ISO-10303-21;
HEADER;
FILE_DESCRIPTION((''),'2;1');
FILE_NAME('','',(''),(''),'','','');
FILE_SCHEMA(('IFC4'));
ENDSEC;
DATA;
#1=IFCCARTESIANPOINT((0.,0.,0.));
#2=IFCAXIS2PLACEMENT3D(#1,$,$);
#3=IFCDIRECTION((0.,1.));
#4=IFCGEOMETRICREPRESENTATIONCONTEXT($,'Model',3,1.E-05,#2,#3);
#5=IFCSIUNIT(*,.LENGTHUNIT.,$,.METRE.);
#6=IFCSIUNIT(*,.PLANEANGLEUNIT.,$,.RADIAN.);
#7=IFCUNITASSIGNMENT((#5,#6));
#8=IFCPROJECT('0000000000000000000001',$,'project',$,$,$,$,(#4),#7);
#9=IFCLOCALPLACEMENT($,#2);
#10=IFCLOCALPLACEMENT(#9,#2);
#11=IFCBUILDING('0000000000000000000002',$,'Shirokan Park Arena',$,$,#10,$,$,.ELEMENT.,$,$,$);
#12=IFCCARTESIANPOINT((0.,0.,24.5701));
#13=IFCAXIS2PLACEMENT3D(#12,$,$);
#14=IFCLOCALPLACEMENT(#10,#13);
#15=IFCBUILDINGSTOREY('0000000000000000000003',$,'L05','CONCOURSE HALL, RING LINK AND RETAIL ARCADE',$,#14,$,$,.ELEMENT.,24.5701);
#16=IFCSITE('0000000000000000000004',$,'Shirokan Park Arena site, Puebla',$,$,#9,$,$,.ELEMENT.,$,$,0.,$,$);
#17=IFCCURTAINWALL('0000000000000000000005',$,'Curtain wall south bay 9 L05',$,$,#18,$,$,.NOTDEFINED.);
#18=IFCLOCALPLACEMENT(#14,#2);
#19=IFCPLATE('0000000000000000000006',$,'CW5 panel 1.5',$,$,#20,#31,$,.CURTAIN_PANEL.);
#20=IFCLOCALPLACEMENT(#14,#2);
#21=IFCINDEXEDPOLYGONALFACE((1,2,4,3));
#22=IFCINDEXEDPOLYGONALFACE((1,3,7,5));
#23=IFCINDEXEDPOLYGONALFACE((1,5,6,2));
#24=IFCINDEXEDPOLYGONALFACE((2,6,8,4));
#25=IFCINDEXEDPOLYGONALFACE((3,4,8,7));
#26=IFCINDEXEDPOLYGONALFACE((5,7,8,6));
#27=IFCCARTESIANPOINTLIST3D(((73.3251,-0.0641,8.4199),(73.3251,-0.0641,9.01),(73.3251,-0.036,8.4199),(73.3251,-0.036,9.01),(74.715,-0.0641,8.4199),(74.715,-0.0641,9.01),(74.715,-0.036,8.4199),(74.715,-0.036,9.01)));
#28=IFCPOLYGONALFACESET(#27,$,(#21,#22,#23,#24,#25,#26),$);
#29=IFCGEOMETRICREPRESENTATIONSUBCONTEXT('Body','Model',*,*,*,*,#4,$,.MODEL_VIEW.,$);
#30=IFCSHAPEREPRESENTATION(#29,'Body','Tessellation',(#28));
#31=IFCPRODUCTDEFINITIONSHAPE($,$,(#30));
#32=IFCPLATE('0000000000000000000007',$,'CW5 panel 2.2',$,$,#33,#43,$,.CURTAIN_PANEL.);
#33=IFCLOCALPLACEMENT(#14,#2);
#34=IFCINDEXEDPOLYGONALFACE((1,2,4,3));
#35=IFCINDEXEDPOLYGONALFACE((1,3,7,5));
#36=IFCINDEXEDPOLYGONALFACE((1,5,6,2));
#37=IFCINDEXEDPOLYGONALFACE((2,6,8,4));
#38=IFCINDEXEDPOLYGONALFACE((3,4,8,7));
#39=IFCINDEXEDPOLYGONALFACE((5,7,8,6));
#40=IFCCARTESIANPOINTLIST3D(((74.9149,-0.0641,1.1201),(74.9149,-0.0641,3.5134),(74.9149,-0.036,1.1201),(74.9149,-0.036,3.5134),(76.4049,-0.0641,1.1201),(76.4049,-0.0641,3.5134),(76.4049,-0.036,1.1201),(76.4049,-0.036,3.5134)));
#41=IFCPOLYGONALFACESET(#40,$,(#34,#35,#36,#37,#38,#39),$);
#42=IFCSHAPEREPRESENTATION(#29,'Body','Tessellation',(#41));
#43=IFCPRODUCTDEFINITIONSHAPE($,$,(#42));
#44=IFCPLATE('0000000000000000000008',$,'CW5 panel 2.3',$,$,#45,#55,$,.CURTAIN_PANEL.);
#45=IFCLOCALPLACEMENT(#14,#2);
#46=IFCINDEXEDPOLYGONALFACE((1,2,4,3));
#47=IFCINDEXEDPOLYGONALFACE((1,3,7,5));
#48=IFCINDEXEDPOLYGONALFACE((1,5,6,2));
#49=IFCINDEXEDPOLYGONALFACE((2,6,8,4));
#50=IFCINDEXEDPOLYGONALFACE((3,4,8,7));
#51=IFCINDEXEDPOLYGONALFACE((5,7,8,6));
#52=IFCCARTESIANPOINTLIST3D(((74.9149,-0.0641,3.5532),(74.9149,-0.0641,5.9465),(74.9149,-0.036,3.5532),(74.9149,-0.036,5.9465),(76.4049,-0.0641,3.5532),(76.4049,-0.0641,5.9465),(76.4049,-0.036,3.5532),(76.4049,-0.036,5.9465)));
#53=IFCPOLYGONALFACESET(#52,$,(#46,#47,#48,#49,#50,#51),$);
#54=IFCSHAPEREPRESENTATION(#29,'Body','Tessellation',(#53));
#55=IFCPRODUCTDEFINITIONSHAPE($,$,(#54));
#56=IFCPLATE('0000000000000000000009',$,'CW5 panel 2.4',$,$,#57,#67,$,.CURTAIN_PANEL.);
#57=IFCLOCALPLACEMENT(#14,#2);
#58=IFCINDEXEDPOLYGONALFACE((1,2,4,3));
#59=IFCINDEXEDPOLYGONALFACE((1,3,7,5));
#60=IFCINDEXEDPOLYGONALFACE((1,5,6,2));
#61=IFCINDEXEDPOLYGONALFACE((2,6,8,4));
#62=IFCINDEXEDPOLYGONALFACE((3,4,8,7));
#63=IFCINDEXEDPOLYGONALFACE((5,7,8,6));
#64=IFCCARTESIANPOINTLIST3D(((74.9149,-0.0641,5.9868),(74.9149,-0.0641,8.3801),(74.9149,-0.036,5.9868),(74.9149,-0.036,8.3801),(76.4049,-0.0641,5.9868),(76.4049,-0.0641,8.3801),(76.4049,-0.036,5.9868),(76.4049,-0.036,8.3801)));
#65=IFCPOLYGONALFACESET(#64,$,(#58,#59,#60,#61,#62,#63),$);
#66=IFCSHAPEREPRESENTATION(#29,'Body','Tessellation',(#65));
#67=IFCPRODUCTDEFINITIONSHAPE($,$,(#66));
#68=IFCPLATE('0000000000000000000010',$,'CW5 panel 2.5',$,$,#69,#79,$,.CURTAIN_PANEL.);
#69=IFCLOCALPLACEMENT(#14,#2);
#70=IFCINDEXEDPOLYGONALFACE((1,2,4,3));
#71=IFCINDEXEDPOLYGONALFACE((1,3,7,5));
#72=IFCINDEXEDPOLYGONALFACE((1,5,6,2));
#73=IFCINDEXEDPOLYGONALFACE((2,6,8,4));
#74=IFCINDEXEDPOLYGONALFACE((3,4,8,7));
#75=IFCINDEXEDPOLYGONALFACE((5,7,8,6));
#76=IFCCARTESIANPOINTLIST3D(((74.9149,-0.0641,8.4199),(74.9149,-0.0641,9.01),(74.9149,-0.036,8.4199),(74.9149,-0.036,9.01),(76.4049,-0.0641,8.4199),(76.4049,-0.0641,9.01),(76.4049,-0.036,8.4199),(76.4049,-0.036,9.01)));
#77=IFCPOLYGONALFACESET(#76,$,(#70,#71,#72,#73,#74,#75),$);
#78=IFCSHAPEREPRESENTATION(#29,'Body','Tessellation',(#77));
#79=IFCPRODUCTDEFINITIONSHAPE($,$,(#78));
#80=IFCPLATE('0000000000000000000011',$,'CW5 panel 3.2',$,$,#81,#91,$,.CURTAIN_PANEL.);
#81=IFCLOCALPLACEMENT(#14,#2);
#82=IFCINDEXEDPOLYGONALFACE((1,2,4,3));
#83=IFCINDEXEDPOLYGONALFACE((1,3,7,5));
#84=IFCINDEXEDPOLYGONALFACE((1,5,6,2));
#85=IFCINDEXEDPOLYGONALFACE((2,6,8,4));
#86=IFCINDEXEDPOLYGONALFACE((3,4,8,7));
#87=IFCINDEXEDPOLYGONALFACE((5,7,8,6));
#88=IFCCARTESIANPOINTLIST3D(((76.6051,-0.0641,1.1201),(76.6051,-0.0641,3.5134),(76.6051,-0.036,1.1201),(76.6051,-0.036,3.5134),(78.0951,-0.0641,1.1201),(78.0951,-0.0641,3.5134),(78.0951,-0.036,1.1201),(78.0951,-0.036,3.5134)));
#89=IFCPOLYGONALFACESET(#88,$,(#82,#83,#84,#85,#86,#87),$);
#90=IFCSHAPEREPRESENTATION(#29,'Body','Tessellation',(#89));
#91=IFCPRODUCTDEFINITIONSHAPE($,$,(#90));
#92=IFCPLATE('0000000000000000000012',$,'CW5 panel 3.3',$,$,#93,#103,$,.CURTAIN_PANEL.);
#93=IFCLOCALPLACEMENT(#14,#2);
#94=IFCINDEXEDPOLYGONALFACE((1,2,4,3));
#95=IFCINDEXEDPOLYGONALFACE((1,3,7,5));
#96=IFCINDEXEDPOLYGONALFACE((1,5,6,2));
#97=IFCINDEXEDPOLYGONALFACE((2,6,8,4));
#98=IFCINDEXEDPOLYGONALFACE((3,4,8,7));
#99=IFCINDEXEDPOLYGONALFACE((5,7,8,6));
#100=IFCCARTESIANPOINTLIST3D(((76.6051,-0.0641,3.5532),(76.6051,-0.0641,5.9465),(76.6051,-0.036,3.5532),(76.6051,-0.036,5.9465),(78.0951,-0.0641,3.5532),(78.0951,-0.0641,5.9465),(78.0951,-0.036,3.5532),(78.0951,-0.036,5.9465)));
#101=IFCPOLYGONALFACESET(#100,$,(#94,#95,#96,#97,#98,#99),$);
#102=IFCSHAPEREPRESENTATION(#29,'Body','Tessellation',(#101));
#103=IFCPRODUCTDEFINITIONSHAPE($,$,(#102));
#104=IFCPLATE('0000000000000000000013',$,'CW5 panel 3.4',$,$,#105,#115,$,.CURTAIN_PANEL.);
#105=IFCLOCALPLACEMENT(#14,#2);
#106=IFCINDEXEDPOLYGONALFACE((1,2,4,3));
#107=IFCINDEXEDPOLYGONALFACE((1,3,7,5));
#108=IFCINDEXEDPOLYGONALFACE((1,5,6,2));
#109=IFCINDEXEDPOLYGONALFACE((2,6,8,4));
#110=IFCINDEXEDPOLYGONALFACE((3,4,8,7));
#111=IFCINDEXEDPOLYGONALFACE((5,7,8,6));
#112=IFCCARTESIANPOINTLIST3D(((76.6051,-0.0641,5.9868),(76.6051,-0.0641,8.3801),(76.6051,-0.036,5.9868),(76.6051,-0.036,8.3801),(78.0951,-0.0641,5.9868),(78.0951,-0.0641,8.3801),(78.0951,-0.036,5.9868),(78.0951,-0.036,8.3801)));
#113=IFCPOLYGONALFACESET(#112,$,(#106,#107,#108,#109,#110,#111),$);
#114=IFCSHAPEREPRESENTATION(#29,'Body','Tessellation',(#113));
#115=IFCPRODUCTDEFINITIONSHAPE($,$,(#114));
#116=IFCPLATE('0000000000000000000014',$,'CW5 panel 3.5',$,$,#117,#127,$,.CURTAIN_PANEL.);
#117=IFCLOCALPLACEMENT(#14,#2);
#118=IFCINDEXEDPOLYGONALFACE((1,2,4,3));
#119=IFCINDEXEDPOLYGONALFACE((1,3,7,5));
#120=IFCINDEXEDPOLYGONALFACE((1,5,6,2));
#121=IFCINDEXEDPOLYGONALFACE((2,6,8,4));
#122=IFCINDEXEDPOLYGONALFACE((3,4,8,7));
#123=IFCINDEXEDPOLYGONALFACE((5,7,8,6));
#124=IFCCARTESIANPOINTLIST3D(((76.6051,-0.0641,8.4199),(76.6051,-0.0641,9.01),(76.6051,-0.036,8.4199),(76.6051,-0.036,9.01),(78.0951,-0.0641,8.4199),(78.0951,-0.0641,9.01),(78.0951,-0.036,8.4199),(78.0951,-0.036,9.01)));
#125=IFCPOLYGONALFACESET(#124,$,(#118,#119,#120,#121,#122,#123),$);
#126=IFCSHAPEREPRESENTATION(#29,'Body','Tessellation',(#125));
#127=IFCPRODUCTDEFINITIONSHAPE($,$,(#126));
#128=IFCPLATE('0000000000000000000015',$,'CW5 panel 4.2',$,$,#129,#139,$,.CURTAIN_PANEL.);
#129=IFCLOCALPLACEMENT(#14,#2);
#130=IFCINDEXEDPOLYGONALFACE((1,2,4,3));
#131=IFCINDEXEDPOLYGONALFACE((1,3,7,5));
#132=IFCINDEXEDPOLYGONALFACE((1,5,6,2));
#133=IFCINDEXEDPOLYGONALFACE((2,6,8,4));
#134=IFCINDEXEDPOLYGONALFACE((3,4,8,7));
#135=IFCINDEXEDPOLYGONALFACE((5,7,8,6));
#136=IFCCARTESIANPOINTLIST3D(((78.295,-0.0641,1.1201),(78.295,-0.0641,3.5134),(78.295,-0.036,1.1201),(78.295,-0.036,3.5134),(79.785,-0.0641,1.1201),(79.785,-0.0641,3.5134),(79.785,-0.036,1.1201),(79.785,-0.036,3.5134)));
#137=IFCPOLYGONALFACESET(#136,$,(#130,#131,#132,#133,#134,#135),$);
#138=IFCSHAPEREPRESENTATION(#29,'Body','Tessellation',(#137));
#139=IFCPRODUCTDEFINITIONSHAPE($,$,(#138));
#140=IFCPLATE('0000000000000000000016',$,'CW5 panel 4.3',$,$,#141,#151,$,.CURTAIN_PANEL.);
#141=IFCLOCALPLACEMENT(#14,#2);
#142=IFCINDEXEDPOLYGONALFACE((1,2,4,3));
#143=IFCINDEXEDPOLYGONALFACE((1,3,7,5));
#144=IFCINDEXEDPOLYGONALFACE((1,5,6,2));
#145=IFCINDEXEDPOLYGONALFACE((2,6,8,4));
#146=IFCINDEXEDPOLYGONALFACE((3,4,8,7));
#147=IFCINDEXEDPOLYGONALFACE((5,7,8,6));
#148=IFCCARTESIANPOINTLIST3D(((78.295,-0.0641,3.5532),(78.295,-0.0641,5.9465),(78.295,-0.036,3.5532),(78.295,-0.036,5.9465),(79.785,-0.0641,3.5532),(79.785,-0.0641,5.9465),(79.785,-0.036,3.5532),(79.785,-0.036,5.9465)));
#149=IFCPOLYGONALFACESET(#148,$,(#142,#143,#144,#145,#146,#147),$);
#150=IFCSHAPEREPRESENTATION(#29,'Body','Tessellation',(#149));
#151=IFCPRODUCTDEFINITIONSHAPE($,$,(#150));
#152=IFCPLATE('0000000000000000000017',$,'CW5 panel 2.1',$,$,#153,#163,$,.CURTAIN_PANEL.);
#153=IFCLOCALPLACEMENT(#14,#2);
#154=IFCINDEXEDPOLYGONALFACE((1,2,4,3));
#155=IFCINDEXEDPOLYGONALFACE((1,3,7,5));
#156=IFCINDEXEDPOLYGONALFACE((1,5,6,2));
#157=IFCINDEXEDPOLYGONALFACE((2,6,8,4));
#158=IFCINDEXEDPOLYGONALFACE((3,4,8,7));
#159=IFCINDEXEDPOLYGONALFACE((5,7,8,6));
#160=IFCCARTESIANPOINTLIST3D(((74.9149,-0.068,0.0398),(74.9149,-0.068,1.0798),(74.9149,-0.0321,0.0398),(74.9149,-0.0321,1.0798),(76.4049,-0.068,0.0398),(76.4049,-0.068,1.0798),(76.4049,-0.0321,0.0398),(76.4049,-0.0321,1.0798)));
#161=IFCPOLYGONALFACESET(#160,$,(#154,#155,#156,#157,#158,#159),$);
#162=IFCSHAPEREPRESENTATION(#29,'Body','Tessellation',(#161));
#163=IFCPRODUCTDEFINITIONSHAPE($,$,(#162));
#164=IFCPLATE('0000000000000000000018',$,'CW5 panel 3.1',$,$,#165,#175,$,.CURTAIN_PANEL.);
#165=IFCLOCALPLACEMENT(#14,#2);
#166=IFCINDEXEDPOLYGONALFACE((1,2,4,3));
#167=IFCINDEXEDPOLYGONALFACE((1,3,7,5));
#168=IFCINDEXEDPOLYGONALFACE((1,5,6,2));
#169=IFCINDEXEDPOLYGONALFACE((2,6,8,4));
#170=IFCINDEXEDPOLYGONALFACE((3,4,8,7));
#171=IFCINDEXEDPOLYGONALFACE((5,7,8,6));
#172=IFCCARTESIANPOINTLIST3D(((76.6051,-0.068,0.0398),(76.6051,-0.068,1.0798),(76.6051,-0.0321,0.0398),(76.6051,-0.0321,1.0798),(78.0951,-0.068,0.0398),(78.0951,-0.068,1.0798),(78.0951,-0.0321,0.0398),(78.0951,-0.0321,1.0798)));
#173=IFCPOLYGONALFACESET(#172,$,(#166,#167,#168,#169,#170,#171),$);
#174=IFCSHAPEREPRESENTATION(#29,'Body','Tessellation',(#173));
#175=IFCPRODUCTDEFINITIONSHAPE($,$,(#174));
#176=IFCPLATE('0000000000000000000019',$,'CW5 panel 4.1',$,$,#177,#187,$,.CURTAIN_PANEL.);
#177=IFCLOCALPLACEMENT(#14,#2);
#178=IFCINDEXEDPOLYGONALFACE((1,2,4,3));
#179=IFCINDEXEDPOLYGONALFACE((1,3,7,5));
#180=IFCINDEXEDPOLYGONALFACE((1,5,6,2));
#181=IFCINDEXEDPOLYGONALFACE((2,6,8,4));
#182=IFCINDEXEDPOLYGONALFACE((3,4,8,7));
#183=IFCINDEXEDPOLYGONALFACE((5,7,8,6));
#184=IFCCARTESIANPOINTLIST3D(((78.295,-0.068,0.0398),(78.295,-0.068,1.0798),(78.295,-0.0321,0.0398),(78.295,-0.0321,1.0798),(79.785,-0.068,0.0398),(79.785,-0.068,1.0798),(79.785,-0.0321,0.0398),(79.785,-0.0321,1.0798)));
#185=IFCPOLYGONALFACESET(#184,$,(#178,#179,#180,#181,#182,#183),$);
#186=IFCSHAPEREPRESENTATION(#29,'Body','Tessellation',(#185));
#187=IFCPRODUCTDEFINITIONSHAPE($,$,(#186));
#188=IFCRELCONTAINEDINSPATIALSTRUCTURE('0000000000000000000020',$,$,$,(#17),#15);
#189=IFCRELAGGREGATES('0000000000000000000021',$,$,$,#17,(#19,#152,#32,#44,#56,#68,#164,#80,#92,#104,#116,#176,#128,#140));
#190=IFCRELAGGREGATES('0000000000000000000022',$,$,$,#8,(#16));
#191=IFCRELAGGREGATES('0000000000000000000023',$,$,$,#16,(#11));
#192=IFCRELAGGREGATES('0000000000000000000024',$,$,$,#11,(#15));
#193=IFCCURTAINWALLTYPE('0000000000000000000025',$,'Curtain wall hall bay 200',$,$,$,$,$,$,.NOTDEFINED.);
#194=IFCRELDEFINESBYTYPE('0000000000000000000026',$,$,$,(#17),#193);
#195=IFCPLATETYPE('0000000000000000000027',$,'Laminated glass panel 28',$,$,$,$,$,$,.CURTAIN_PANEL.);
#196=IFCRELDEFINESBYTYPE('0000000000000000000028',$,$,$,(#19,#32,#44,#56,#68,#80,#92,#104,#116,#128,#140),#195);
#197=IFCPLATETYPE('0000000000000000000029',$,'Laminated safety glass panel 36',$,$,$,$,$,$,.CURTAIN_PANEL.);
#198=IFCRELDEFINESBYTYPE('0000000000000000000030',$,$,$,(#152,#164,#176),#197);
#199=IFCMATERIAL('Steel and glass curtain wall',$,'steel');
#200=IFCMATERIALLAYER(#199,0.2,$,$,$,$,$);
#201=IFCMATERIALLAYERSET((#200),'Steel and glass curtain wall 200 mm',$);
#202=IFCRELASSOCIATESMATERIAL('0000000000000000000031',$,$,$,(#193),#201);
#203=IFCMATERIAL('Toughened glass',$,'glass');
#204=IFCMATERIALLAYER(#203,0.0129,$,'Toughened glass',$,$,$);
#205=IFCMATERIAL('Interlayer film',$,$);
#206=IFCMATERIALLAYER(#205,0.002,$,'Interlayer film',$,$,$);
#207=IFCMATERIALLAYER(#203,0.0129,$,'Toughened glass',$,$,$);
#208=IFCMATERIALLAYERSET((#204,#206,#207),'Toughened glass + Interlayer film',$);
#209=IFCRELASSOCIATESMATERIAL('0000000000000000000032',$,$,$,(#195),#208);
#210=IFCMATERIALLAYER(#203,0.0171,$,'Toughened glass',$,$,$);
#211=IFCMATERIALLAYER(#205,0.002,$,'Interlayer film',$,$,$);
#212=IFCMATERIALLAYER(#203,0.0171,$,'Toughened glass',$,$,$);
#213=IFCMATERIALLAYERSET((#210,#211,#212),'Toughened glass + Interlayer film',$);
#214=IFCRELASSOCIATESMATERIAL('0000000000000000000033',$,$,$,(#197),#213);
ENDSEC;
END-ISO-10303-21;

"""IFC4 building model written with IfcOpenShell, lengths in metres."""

from ifc_helpers import new_model, si_unit, direction, frame, origin, origin_2d, place, context, subcontext, project, spatial, rectangle, extrude, material, layer, layer_set, type_object, element, aggregate, save


model = new_model("IFC4")

# Units and contexts
model_context = context("Model", 3, precision=1e-05, world=origin(), true_north=direction((0.0, 1.0)))
body_context = subcontext(model_context, "Body", "Model", "MODEL_VIEW")
ifc_project = project(units=[si_unit("LENGTHUNIT", "METRE"), si_unit("PLANEANGLEUNIT", "RADIAN")], contexts=[model_context])

# Site, building, storey
site_placement = place(None, origin())
site = spatial("IfcSite", under=ifc_project, at=site_placement, Name="Shirokan Park Arena site, Puebla", CompositionType="ELEMENT", RefElevation=0.0)
building_placement = place(site_placement, origin())
building = spatial("IfcBuilding", under=site, at=building_placement, Name="Shirokan Park Arena", CompositionType="ELEMENT")
storey_placement = place(building_placement, frame((0.0, 0.0, 24.5701)))
storey = spatial("IfcBuildingStorey", under=building, at=storey_placement, Name="L05", Description="CONCOURSE HALL, RING LINK AND RETAIL ARCADE", CompositionType="ELEMENT", Elevation=24.5701)

# Curtain wall, plates
ifc_material_1 = material(Name="Steel and glass curtain wall", Category="steel")
ifc_layer_1 = layer(ifc_material_1, 0.2)
ifc_layer_set_1 = layer_set([ifc_layer_1], Name="Steel and glass curtain wall 200 mm")
curtain_wall_type = type_object("IfcCurtainWallType", Name="Curtain wall hall bay 200", PredefinedType="NOTDEFINED", material=ifc_layer_set_1)
curtain_wall_placement = place(storey_placement, origin())
curtain_wall = element("IfcCurtainWall", 1, at=curtain_wall_placement, inside=storey, type_object=curtain_wall_type, Name="Curtain wall south bay 9 L05", PredefinedType="NOTDEFINED")
ifc_material_2 = material(Name="Toughened glass", Category="glass")
ifc_layer_2 = layer(ifc_material_2, 0.0129, Name="Toughened glass")
ifc_material_3 = material(Name="Interlayer film")
ifc_layer_3 = layer(ifc_material_3, 0.002, Name="Interlayer film")
ifc_layer_4 = layer(ifc_material_2, 0.0129, Name="Toughened glass")
ifc_layer_set_2 = layer_set([ifc_layer_2, ifc_layer_3, ifc_layer_4], Name="Toughened glass + Interlayer film")
plate_type_1 = type_object("IfcPlateType", Name="Laminated glass panel 28", PredefinedType="CURTAIN_PANEL", material=ifc_layer_set_2)
plate_1_placement = place(storey_placement, frame((74.02, -0.05, 8.4199), z_axis=(0.0, 0.0, 1.0), x_axis=(1.0, 0.0, 0.0)))
plate_1 = element("IfcPlate", 2, at=plate_1_placement, type_object=plate_type_1, Name="CW5 panel 1.5", PredefinedType="CURTAIN_PANEL", context=body_context, shape_type="SweptSolid", body=[
    extrude(rectangle(XDim=1.3899, YDim=0.0281, at=origin_2d()), origin(), (0.0, 0.0, 1.0), 0.5901),
])
plate_2_placement = place(storey_placement, frame((75.6599, -0.05, 1.1201), z_axis=(0.0, 0.0, 1.0), x_axis=(1.0, 0.0, 0.0)))
plate_2 = element("IfcPlate", 3, at=plate_2_placement, type_object=plate_type_1, Name="CW5 panel 2.2", PredefinedType="CURTAIN_PANEL", context=body_context, shape_type="SweptSolid", body=[
    extrude(rectangle(XDim=1.49, YDim=0.0281, at=origin_2d()), origin(), (0.0, 0.0, 1.0), 2.3933),
])
plate_3_placement = place(storey_placement, frame((75.6599, -0.05, 3.5532), z_axis=(0.0, 0.0, 1.0), x_axis=(1.0, 0.0, 0.0)))
plate_3 = element("IfcPlate", 4, at=plate_3_placement, type_object=plate_type_1, Name="CW5 panel 2.3", PredefinedType="CURTAIN_PANEL", context=body_context, shape_type="SweptSolid", body=[
    extrude(rectangle(XDim=1.49, YDim=0.0281, at=origin_2d()), origin(), (0.0, 0.0, 1.0), 2.3933),
])
plate_4_placement = place(storey_placement, frame((75.6599, -0.05, 5.9868), z_axis=(0.0, 0.0, 1.0), x_axis=(1.0, 0.0, 0.0)))
plate_4 = element("IfcPlate", 5, at=plate_4_placement, type_object=plate_type_1, Name="CW5 panel 2.4", PredefinedType="CURTAIN_PANEL", context=body_context, shape_type="SweptSolid", body=[
    extrude(rectangle(XDim=1.49, YDim=0.0281, at=origin_2d()), origin(), (0.0, 0.0, 1.0), 2.3933),
])
plate_5_placement = place(storey_placement, frame((75.6599, -0.05, 8.4199), z_axis=(0.0, 0.0, 1.0), x_axis=(1.0, 0.0, 0.0)))
plate_5 = element("IfcPlate", 6, at=plate_5_placement, type_object=plate_type_1, Name="CW5 panel 2.5", PredefinedType="CURTAIN_PANEL", context=body_context, shape_type="SweptSolid", body=[
    extrude(rectangle(XDim=1.49, YDim=0.0281, at=origin_2d()), origin(), (0.0, 0.0, 1.0), 0.5901),
])
plate_6_placement = place(storey_placement, frame((77.3501, -0.05, 1.1201), z_axis=(0.0, 0.0, 1.0), x_axis=(1.0, 0.0, 0.0)))
plate_6 = element("IfcPlate", 7, at=plate_6_placement, type_object=plate_type_1, Name="CW5 panel 3.2", PredefinedType="CURTAIN_PANEL", context=body_context, shape_type="SweptSolid", body=[
    extrude(rectangle(XDim=1.49, YDim=0.0281, at=origin_2d()), origin(), (0.0, 0.0, 1.0), 2.3933),
])
plate_7_placement = place(storey_placement, frame((77.3501, -0.05, 3.5532), z_axis=(0.0, 0.0, 1.0), x_axis=(1.0, 0.0, 0.0)))
plate_7 = element("IfcPlate", 8, at=plate_7_placement, type_object=plate_type_1, Name="CW5 panel 3.3", PredefinedType="CURTAIN_PANEL", context=body_context, shape_type="SweptSolid", body=[
    extrude(rectangle(XDim=1.49, YDim=0.0281, at=origin_2d()), origin(), (0.0, 0.0, 1.0), 2.3933),
])
plate_8_placement = place(storey_placement, frame((77.3501, -0.05, 5.9868), z_axis=(0.0, 0.0, 1.0), x_axis=(1.0, 0.0, 0.0)))
plate_8 = element("IfcPlate", 9, at=plate_8_placement, type_object=plate_type_1, Name="CW5 panel 3.4", PredefinedType="CURTAIN_PANEL", context=body_context, shape_type="SweptSolid", body=[
    extrude(rectangle(XDim=1.49, YDim=0.0281, at=origin_2d()), origin(), (0.0, 0.0, 1.0), 2.3933),
])
plate_9_placement = place(storey_placement, frame((77.3501, -0.05, 8.4199), z_axis=(0.0, 0.0, 1.0), x_axis=(1.0, 0.0, 0.0)))
plate_9 = element("IfcPlate", 10, at=plate_9_placement, type_object=plate_type_1, Name="CW5 panel 3.5", PredefinedType="CURTAIN_PANEL", context=body_context, shape_type="SweptSolid", body=[
    extrude(rectangle(XDim=1.49, YDim=0.0281, at=origin_2d()), origin(), (0.0, 0.0, 1.0), 0.5901),
])
plate_10_placement = place(storey_placement, frame((79.04, -0.05, 1.1201), z_axis=(0.0, 0.0, 1.0), x_axis=(1.0, 0.0, 0.0)))
plate_10 = element("IfcPlate", 11, at=plate_10_placement, type_object=plate_type_1, Name="CW5 panel 4.2", PredefinedType="CURTAIN_PANEL", context=body_context, shape_type="SweptSolid", body=[
    extrude(rectangle(XDim=1.49, YDim=0.0281, at=origin_2d()), origin(), (0.0, 0.0, 1.0), 2.3933),
])
plate_11_placement = place(storey_placement, frame((79.04, -0.05, 3.5532), z_axis=(0.0, 0.0, 1.0), x_axis=(1.0, 0.0, 0.0)))
plate_11 = element("IfcPlate", 12, at=plate_11_placement, type_object=plate_type_1, Name="CW5 panel 4.3", PredefinedType="CURTAIN_PANEL", context=body_context, shape_type="SweptSolid", body=[
    extrude(rectangle(XDim=1.49, YDim=0.0281, at=origin_2d()), origin(), (0.0, 0.0, 1.0), 2.3933),
])
ifc_layer_5 = layer(ifc_material_2, 0.0171, Name="Toughened glass")
ifc_layer_6 = layer(ifc_material_3, 0.002, Name="Interlayer film")
ifc_layer_7 = layer(ifc_material_2, 0.0171, Name="Toughened glass")
ifc_layer_set_3 = layer_set([ifc_layer_5, ifc_layer_6, ifc_layer_7], Name="Toughened glass + Interlayer film")
plate_type_2 = type_object("IfcPlateType", Name="Laminated safety glass panel 36", PredefinedType="CURTAIN_PANEL", material=ifc_layer_set_3)
plate_12_placement = place(storey_placement, frame((75.6599, -0.05, 0.0398), z_axis=(0.0, 0.0, 1.0), x_axis=(1.0, 0.0, 0.0)))
plate_12 = element("IfcPlate", 13, at=plate_12_placement, type_object=plate_type_2, Name="CW5 panel 2.1", PredefinedType="CURTAIN_PANEL", context=body_context, shape_type="SweptSolid", body=[
    extrude(rectangle(XDim=1.49, YDim=0.0359, at=origin_2d()), origin(), (0.0, 0.0, 1.0), 1.04),
])
plate_13_placement = place(storey_placement, frame((77.3501, -0.05, 0.0398), z_axis=(0.0, 0.0, 1.0), x_axis=(1.0, 0.0, 0.0)))
plate_13 = element("IfcPlate", 14, at=plate_13_placement, type_object=plate_type_2, Name="CW5 panel 3.1", PredefinedType="CURTAIN_PANEL", context=body_context, shape_type="SweptSolid", body=[
    extrude(rectangle(XDim=1.49, YDim=0.0359, at=origin_2d()), origin(), (0.0, 0.0, 1.0), 1.04),
])
plate_14_placement = place(storey_placement, frame((79.04, -0.05, 0.0398), z_axis=(0.0, 0.0, 1.0), x_axis=(1.0, 0.0, 0.0)))
plate_14 = element("IfcPlate", 15, at=plate_14_placement, type_object=plate_type_2, Name="CW5 panel 4.1", PredefinedType="CURTAIN_PANEL", context=body_context, shape_type="SweptSolid", body=[
    extrude(rectangle(XDim=1.49, YDim=0.0359, at=origin_2d()), origin(), (0.0, 0.0, 1.0), 1.04),
])
aggregate(curtain_wall, [plate_1, plate_12, plate_2, plate_3, plate_4, plate_5, plate_13, plate_6, plate_7, plate_8, plate_9, plate_14, plate_10, plate_11])

save(model, "model.ifc")
